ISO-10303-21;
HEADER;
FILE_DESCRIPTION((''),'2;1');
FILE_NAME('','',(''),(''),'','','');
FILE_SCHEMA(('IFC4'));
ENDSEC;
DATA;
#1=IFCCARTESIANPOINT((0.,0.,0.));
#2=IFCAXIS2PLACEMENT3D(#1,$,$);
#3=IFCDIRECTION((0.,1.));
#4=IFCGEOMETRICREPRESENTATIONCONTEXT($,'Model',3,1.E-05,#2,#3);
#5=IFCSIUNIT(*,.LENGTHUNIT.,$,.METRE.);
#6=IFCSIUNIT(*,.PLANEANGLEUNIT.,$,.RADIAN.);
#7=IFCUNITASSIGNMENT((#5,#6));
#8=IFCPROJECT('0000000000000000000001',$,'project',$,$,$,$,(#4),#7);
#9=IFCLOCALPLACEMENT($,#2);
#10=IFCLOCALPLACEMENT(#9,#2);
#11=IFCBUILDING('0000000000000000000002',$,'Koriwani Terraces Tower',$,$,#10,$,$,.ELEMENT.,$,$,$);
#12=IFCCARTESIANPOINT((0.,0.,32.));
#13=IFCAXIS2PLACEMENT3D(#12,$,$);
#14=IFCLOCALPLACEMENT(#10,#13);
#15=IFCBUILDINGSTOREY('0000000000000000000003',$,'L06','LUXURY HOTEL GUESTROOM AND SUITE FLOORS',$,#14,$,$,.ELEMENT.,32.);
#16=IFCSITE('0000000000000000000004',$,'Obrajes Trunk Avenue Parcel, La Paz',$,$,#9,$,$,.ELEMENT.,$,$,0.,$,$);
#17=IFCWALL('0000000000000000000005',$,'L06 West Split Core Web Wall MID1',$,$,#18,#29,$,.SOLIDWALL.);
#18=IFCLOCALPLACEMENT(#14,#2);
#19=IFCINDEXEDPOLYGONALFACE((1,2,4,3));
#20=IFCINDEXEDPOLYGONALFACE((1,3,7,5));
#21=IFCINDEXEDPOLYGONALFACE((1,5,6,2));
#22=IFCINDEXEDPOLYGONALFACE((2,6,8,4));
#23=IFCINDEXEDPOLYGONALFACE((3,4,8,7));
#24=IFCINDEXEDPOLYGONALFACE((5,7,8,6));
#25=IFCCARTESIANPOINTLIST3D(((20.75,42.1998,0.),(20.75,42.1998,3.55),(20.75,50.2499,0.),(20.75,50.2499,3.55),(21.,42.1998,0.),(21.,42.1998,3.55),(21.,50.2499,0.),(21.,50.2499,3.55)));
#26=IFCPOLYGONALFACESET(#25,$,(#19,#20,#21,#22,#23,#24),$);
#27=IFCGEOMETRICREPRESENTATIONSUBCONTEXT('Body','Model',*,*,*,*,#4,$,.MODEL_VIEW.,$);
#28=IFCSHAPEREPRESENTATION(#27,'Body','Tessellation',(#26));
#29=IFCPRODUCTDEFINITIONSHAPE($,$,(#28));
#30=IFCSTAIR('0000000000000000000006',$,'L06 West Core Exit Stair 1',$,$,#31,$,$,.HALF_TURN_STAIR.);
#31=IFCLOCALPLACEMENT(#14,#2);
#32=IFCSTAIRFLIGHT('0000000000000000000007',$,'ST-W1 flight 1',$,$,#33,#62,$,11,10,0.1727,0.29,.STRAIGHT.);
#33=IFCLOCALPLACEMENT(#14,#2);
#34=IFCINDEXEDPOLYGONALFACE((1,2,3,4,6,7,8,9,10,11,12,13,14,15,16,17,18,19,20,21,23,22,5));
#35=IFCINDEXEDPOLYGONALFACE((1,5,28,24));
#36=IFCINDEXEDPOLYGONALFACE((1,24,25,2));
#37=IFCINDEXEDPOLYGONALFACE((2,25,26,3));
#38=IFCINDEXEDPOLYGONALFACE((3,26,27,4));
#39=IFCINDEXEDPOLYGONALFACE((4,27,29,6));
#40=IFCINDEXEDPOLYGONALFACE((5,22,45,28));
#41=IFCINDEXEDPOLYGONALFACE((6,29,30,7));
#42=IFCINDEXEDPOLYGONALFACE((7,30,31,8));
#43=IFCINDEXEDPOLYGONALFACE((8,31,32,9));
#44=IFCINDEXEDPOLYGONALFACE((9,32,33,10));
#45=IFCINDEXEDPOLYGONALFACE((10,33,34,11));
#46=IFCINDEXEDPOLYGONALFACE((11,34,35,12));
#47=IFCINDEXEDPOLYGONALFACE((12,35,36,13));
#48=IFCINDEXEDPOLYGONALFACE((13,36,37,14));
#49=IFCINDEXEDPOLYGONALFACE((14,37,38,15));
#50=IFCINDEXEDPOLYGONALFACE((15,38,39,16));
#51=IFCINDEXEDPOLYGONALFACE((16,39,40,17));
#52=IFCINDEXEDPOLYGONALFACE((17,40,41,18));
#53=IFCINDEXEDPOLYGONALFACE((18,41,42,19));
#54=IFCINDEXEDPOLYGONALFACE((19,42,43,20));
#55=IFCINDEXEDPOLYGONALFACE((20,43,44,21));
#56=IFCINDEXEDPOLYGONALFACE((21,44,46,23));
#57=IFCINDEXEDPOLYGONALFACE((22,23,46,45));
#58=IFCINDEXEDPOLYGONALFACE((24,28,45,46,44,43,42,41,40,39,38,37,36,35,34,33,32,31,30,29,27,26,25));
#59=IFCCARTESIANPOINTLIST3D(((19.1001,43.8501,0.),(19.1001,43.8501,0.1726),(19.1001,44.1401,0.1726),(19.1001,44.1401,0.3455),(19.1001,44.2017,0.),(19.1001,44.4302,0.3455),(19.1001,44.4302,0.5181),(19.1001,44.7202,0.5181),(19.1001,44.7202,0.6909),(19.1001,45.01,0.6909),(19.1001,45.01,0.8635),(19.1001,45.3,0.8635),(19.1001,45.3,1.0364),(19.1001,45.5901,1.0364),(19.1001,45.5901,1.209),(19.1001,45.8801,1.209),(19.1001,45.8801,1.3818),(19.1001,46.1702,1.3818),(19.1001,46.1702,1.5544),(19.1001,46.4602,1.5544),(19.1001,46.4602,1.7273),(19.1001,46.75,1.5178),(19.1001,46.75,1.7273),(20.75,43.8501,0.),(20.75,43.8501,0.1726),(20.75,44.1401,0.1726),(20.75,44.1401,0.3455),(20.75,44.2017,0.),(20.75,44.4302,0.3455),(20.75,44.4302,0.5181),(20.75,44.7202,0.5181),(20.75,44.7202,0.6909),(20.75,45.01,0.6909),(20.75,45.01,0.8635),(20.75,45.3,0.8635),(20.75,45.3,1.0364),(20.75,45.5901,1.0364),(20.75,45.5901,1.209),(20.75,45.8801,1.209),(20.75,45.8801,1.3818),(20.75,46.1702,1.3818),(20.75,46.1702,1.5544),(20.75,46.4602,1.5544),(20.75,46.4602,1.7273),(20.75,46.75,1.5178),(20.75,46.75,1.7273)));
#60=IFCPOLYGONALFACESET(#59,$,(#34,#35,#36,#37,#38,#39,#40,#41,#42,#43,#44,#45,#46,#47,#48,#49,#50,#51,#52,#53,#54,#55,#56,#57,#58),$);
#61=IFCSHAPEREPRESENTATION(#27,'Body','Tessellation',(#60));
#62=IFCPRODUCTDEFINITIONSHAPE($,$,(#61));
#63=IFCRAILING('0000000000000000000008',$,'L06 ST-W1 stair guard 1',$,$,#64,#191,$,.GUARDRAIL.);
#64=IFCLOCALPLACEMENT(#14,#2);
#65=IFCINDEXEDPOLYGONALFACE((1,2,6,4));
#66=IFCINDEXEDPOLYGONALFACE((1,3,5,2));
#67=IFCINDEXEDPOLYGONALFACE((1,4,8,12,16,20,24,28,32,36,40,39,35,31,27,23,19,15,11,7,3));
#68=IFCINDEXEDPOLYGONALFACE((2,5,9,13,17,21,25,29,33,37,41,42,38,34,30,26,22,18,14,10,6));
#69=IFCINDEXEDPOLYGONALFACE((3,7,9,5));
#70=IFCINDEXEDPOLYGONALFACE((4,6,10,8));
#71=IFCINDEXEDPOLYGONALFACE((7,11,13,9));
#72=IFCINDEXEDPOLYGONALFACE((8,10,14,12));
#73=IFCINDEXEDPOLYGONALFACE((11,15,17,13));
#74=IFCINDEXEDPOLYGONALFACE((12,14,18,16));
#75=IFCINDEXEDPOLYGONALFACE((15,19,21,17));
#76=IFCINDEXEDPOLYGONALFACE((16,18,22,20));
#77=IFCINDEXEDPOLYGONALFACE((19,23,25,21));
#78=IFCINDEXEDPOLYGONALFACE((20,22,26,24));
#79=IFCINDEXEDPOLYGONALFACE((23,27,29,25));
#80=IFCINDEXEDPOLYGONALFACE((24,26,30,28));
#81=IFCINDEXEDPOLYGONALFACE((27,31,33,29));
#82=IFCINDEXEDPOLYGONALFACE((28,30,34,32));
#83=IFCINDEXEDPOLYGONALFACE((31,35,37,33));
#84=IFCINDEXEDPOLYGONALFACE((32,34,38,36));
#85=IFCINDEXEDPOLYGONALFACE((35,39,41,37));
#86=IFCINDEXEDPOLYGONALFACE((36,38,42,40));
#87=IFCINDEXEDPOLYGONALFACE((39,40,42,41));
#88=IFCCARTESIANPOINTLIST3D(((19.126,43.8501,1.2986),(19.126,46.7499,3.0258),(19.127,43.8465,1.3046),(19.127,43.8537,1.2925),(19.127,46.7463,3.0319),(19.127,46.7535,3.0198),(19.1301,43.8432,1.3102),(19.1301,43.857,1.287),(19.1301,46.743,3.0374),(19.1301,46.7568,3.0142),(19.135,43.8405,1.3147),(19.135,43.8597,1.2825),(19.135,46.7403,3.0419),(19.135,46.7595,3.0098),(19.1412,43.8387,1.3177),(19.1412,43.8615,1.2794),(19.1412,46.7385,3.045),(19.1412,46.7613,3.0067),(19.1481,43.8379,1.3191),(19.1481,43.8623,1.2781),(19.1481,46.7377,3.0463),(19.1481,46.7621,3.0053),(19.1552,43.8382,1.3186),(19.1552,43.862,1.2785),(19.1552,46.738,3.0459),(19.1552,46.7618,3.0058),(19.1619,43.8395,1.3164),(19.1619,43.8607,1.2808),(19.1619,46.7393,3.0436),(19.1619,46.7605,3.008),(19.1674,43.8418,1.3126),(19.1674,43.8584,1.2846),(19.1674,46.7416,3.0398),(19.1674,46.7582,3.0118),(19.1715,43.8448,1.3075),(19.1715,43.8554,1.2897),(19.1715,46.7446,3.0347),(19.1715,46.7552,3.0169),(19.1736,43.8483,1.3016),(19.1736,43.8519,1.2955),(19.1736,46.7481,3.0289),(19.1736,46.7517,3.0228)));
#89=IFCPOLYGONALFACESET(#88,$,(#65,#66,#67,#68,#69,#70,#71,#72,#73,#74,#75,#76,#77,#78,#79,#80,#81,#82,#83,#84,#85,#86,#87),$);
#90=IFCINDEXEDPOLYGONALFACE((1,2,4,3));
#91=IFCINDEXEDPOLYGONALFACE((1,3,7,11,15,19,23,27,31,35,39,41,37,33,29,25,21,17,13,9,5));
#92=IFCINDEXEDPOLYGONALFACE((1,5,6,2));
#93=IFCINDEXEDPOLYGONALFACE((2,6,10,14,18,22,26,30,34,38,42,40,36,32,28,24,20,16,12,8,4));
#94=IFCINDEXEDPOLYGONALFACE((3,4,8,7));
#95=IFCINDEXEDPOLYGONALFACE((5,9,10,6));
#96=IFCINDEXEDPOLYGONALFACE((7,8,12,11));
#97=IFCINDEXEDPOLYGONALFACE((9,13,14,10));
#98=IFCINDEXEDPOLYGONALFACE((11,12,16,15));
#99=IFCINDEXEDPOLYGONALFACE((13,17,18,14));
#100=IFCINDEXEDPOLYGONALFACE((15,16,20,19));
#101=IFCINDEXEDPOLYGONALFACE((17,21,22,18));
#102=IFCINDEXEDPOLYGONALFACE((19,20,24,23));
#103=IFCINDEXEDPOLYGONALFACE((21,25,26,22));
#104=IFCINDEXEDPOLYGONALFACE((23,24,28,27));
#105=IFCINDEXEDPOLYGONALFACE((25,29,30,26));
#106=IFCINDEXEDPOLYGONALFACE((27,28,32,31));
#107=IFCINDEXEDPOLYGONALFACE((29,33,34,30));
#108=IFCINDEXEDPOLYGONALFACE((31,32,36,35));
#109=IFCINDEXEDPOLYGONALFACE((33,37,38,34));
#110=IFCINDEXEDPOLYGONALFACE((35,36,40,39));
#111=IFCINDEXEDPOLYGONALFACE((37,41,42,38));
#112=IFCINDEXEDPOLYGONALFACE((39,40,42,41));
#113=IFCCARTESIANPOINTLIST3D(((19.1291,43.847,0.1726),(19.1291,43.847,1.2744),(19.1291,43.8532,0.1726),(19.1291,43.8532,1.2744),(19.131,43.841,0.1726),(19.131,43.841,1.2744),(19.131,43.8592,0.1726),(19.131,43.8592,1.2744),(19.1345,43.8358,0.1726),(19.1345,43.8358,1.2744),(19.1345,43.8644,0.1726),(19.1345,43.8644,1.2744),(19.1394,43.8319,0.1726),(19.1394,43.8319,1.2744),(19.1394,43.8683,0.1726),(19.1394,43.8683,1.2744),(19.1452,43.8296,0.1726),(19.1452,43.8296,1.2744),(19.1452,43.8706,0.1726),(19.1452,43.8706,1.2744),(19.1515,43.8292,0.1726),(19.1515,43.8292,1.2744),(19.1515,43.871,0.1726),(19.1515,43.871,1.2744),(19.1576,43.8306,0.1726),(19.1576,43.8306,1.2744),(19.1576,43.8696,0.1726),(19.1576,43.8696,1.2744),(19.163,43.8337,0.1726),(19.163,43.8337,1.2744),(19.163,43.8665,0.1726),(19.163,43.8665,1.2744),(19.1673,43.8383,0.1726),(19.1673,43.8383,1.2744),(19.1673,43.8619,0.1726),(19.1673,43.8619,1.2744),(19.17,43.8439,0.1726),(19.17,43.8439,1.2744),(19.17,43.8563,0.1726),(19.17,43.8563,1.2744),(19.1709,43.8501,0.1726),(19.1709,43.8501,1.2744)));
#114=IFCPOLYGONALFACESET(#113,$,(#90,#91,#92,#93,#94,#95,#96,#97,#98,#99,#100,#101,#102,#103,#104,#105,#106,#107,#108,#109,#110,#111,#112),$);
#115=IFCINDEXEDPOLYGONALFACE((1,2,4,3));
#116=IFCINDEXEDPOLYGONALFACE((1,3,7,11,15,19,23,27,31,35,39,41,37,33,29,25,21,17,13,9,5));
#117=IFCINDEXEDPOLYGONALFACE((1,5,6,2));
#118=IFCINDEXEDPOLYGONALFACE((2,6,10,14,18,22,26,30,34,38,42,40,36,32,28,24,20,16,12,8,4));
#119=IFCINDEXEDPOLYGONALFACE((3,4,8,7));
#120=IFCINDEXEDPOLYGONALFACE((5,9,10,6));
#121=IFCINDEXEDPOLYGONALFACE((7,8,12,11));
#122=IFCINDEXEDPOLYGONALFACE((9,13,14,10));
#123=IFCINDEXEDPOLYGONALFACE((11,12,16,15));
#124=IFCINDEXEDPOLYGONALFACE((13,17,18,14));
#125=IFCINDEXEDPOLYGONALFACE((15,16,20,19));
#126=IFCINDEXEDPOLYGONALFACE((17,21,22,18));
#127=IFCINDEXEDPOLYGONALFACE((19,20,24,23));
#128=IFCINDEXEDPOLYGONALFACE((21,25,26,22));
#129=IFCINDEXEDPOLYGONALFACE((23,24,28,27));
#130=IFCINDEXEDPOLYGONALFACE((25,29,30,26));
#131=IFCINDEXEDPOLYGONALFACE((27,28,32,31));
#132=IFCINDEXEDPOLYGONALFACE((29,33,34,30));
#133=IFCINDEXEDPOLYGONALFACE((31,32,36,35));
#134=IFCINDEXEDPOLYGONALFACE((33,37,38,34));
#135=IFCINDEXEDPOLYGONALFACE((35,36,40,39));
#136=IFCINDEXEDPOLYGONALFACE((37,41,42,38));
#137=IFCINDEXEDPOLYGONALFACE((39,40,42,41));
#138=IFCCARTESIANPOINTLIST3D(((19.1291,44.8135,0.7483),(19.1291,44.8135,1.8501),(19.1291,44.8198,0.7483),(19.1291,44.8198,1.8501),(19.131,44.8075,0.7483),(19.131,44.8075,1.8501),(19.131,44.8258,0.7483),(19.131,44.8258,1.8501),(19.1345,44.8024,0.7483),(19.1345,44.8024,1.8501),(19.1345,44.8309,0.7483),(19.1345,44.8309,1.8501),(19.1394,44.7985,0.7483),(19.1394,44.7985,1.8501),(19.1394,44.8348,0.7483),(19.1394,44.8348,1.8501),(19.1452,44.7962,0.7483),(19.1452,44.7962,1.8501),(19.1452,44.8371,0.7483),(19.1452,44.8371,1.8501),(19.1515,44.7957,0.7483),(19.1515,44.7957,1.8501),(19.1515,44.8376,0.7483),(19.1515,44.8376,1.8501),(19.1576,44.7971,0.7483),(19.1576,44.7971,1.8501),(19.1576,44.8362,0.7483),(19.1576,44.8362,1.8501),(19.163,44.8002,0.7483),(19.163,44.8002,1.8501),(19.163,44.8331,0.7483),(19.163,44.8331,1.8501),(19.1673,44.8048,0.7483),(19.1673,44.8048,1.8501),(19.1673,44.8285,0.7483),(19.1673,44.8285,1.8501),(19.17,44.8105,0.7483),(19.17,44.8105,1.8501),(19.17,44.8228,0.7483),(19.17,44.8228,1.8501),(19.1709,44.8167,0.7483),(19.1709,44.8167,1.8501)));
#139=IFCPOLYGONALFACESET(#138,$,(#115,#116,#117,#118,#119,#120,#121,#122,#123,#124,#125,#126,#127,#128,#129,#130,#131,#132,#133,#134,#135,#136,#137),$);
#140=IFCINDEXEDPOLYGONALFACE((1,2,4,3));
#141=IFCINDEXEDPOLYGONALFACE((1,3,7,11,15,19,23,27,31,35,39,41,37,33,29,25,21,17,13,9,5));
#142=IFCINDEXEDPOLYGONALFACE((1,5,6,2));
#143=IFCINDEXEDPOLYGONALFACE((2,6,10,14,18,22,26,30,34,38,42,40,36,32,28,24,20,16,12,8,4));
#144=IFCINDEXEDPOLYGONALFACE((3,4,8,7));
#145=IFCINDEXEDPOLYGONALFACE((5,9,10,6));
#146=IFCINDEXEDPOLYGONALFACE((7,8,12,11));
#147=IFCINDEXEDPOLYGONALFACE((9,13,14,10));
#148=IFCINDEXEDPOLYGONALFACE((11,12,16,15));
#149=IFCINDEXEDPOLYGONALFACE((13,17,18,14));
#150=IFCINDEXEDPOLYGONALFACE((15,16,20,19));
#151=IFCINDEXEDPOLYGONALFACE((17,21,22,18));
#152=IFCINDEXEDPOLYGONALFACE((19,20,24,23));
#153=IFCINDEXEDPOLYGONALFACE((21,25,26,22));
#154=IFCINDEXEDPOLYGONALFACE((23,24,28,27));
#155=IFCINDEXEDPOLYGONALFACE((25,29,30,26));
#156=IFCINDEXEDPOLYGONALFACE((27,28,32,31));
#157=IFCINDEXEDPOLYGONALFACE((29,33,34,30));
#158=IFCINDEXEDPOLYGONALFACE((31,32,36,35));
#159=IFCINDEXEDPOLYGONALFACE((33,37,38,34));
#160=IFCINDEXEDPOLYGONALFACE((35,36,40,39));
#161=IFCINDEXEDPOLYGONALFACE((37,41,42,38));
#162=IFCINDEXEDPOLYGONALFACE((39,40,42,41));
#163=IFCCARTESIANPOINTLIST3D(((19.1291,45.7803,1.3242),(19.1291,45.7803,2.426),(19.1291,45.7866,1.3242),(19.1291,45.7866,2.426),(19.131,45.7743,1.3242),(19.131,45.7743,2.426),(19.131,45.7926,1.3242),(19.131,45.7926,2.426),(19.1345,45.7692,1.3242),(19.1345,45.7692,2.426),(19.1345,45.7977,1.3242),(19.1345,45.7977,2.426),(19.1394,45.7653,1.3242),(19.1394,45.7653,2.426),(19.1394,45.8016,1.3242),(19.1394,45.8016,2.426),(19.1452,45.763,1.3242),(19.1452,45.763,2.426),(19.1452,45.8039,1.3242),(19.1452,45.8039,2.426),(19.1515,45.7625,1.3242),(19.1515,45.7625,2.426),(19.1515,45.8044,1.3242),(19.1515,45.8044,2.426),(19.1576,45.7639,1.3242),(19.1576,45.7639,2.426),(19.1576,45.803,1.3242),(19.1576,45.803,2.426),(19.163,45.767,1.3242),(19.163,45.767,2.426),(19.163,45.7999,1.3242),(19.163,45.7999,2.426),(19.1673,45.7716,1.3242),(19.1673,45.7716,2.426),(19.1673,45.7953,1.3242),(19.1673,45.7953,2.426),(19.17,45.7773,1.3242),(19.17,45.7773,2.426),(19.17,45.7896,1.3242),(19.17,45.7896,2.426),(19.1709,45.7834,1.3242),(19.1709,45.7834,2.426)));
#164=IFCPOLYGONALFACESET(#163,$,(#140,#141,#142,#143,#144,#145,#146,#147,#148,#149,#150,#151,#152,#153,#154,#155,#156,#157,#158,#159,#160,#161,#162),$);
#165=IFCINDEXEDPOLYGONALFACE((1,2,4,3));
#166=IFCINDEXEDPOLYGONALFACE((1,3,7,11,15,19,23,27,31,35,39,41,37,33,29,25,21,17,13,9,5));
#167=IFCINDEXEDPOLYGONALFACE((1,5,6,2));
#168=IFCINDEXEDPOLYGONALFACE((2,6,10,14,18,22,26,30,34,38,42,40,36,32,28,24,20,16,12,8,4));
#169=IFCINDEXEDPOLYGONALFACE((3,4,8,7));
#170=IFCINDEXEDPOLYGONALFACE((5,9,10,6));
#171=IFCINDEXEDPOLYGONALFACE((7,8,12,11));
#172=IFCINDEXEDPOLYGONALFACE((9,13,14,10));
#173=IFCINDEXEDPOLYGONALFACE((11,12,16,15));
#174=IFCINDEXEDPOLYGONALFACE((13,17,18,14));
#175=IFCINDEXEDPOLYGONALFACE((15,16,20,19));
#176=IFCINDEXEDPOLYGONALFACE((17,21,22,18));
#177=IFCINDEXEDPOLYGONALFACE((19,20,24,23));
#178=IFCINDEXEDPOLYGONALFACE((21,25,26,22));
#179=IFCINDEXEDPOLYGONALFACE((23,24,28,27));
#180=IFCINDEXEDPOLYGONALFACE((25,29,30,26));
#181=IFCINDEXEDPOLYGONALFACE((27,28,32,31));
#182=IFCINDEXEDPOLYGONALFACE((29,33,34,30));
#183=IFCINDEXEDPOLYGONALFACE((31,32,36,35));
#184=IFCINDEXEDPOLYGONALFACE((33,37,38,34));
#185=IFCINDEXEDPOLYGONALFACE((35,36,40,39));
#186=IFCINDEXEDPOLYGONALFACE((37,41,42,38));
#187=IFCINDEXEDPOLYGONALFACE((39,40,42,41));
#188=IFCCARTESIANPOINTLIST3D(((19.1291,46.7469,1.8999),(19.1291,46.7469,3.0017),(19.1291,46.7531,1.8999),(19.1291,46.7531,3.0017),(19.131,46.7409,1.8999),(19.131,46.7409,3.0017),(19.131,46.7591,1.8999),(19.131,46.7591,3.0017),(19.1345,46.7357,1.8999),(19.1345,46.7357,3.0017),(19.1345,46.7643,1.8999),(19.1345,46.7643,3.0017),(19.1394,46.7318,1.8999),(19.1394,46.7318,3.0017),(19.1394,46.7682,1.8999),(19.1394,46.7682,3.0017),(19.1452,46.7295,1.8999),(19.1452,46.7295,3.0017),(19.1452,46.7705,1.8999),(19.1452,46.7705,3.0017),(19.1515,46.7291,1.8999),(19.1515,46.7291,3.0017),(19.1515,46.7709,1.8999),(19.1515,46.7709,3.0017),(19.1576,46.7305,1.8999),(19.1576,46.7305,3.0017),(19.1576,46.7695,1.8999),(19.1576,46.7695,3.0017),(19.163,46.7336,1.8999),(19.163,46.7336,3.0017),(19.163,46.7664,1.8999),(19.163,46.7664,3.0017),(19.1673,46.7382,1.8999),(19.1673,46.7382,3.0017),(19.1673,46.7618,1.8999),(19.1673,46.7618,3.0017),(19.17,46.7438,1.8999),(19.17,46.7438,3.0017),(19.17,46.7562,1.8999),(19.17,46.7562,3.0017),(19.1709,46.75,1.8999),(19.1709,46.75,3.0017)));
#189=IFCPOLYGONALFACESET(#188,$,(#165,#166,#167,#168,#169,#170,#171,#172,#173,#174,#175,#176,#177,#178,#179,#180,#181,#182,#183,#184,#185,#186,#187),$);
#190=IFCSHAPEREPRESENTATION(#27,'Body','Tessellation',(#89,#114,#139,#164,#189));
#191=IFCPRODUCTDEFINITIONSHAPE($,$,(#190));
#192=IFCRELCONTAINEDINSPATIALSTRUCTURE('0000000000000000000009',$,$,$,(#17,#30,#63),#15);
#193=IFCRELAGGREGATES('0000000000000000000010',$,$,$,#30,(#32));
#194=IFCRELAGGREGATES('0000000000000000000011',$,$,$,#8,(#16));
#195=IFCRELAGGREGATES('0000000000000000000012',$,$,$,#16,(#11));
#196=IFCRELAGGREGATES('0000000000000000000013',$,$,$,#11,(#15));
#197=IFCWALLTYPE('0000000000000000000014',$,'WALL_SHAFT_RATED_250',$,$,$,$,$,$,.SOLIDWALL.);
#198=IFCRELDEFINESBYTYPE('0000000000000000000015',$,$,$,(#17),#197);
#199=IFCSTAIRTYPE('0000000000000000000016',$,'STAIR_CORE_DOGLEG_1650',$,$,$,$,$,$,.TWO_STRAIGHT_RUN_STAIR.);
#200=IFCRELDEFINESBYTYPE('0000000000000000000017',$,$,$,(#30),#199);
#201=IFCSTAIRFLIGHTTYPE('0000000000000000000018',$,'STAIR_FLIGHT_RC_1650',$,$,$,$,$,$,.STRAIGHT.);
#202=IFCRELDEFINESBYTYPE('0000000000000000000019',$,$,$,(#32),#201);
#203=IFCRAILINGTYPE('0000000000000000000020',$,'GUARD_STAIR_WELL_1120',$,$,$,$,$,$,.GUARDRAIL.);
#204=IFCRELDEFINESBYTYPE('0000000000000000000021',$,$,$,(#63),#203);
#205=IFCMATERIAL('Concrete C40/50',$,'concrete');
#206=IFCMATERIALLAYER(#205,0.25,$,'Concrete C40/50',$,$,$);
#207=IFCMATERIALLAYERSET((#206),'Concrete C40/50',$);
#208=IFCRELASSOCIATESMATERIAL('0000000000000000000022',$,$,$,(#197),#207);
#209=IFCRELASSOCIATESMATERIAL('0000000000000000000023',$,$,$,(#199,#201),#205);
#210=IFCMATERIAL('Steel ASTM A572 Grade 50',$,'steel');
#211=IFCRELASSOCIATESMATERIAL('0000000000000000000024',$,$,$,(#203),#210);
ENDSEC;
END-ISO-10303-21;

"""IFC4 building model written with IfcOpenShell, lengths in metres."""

from ifc_helpers import new_model, si_unit, direction, frame, frame_2d, origin, origin_2d, place, context, subcontext, project, spatial, polyline, rectangle, circle, outline, extrude, material, layer, layer_set, type_object, element, aggregate, save


model = new_model("IFC4")

# Units and contexts
model_context = context("Model", 3, precision=1e-05, world=origin(), true_north=direction((0.0, 1.0)))
body_context = subcontext(model_context, "Body", "Model", "MODEL_VIEW")
ifc_project = project(units=[si_unit("LENGTHUNIT", "METRE"), si_unit("PLANEANGLEUNIT", "RADIAN")], contexts=[model_context])

# Site, building, storey
site_placement = place(None, origin())
site = spatial("IfcSite", under=ifc_project, at=site_placement, Name="Obrajes Trunk Avenue Parcel, La Paz", CompositionType="ELEMENT", RefElevation=0.0)
building_placement = place(site_placement, origin())
building = spatial("IfcBuilding", under=site, at=building_placement, Name="Koriwani Terraces Tower", CompositionType="ELEMENT")
storey_placement = place(building_placement, frame((0.0, 0.0, 32.0)))
storey = spatial("IfcBuildingStorey", under=building, at=storey_placement, Name="L06", Description="LUXURY HOTEL GUESTROOM AND SUITE FLOORS", CompositionType="ELEMENT", Elevation=32.0)

# Shared definitions
ifc_material_1 = material(Name="Concrete C40/50", Category="concrete")
ifc_material_2 = material(Name="Steel ASTM A572 Grade 50", Category="steel")

# Wall
ifc_layer_1 = layer(ifc_material_1, 0.25, Name="Concrete C40/50")
ifc_layer_set_1 = layer_set([ifc_layer_1], Name="Concrete C40/50")
wall_type_1 = type_object("IfcWallType", Name="WALL_SHAFT_RATED_250", PredefinedType="SOLIDWALL", material=ifc_layer_set_1)
wall_1_placement = place(storey_placement, frame((20.875, 42.2, 0.0), z_axis=(0.0, 0.0, 1.0), x_axis=(0.0, 1.0, 0.0)))
element("IfcWall", 1, at=wall_1_placement, inside=storey, type_object=wall_type_1, Name="L06 West Split Core Web Wall MID1", PredefinedType="SOLIDWALL", context=body_context, shape_type="SweptSolid", body=[
    extrude(rectangle(XDim=8.05, YDim=0.25, at=frame_2d((4.0249, 0.0))), origin(), (0.0, 0.0, 1.0), 3.55),
])

# Stair, stair flight
stair_type = type_object("IfcStairType", Name="STAIR_CORE_DOGLEG_1650", PredefinedType="TWO_STRAIGHT_RUN_STAIR", material=ifc_material_1)
stair_placement = place(storey_placement, origin())
stair = element("IfcStair", 2, at=stair_placement, inside=storey, type_object=stair_type, Name="L06 West Core Exit Stair 1", PredefinedType="HALF_TURN_STAIR")
stair_flight_type = type_object("IfcStairFlightType", Name="STAIR_FLIGHT_RC_1650", PredefinedType="STRAIGHT", material=ifc_material_1)
stair_flight_placement = place(storey_placement, frame((19.925, 43.8501, 0.0), z_axis=(0.0, 0.0, 1.0), x_axis=(0.0, 1.0, 0.0)))
stair_flight = element("IfcStairFlight", 3, at=stair_flight_placement, type_object=stair_flight_type, Name="ST-W1 flight 1", NumberOfRisers=11, NumberOfTreads=10, PredefinedType="STRAIGHT", RiserHeight=0.1727, TreadLength=0.29, context=body_context, shape_type="SweptSolid", body=[
    extrude(outline(polyline([(0.0, 0.0), (0.0, 0.1726), (0.29, 0.1726), (0.29, 0.3455), (0.5801, 0.3455), (0.5801, 0.5181), (0.8701, 0.5181), (0.8701, 0.6909), (1.1599, 0.6909), (1.1599, 0.8635), (1.45, 0.8635), (1.45, 1.0364), (1.74, 1.0364), (1.74, 1.209), (2.03, 1.209), (2.03, 1.3818), (2.3201, 1.3818), (2.3201, 1.5544), (2.6101, 1.5544), (2.6101, 1.7273), (2.8999, 1.7273), (2.8999, 1.8999), (2.8999, 1.5178), (0.3516, 0.0), (0.0, 0.0)])), frame((0.0, 0.825, 0.0), z_axis=(0.0, -1.0, 0.0), x_axis=(1.0, 0.0, 0.0)), (0.0, 0.0, 1.0), 1.6499),
])
aggregate(stair, [stair_flight])

# Railing
railing_type_1 = type_object("IfcRailingType", Name="GUARD_STAIR_WELL_1120", PredefinedType="GUARDRAIL", material=ifc_material_2)
railing_1_placement = place(storey_placement, frame((19.1499, 43.8501, 0.1726)))
element("IfcRailing", 4, at=railing_1_placement, inside=storey, type_object=railing_type_1, Name="L06 ST-W1 stair guard 1", PredefinedType="GUARDRAIL", context=body_context, shape_type="SweptSolid", body=[
    extrude(circle(Radius=0.0239, at=origin_2d()), frame((0.0, 0.0, 1.126), z_axis=(0.0, 0.859141, 0.511738), x_axis=(-1.0, 0.0, 0.0)), (0.0, 0.0, 1.0), 3.3752),
    extrude(circle(Radius=0.021, at=origin_2d()), origin(), (0.0, 0.0, 1.0), 1.1018),
    extrude(circle(Radius=0.021, at=origin_2d()), frame((0.0, 0.9666, 0.5757)), (0.0, 0.0, 1.0), 1.1018),
    extrude(circle(Radius=0.021, at=origin_2d()), frame((0.0, 1.9333, 1.1516)), (0.0, 0.0, 1.0), 1.1018),
    extrude(circle(Radius=0.021, at=origin_2d()), frame((0.0, 2.8999, 1.7273)), (0.0, 0.0, 1.0), 1.1018),
])

save(model, "model.ifc")
